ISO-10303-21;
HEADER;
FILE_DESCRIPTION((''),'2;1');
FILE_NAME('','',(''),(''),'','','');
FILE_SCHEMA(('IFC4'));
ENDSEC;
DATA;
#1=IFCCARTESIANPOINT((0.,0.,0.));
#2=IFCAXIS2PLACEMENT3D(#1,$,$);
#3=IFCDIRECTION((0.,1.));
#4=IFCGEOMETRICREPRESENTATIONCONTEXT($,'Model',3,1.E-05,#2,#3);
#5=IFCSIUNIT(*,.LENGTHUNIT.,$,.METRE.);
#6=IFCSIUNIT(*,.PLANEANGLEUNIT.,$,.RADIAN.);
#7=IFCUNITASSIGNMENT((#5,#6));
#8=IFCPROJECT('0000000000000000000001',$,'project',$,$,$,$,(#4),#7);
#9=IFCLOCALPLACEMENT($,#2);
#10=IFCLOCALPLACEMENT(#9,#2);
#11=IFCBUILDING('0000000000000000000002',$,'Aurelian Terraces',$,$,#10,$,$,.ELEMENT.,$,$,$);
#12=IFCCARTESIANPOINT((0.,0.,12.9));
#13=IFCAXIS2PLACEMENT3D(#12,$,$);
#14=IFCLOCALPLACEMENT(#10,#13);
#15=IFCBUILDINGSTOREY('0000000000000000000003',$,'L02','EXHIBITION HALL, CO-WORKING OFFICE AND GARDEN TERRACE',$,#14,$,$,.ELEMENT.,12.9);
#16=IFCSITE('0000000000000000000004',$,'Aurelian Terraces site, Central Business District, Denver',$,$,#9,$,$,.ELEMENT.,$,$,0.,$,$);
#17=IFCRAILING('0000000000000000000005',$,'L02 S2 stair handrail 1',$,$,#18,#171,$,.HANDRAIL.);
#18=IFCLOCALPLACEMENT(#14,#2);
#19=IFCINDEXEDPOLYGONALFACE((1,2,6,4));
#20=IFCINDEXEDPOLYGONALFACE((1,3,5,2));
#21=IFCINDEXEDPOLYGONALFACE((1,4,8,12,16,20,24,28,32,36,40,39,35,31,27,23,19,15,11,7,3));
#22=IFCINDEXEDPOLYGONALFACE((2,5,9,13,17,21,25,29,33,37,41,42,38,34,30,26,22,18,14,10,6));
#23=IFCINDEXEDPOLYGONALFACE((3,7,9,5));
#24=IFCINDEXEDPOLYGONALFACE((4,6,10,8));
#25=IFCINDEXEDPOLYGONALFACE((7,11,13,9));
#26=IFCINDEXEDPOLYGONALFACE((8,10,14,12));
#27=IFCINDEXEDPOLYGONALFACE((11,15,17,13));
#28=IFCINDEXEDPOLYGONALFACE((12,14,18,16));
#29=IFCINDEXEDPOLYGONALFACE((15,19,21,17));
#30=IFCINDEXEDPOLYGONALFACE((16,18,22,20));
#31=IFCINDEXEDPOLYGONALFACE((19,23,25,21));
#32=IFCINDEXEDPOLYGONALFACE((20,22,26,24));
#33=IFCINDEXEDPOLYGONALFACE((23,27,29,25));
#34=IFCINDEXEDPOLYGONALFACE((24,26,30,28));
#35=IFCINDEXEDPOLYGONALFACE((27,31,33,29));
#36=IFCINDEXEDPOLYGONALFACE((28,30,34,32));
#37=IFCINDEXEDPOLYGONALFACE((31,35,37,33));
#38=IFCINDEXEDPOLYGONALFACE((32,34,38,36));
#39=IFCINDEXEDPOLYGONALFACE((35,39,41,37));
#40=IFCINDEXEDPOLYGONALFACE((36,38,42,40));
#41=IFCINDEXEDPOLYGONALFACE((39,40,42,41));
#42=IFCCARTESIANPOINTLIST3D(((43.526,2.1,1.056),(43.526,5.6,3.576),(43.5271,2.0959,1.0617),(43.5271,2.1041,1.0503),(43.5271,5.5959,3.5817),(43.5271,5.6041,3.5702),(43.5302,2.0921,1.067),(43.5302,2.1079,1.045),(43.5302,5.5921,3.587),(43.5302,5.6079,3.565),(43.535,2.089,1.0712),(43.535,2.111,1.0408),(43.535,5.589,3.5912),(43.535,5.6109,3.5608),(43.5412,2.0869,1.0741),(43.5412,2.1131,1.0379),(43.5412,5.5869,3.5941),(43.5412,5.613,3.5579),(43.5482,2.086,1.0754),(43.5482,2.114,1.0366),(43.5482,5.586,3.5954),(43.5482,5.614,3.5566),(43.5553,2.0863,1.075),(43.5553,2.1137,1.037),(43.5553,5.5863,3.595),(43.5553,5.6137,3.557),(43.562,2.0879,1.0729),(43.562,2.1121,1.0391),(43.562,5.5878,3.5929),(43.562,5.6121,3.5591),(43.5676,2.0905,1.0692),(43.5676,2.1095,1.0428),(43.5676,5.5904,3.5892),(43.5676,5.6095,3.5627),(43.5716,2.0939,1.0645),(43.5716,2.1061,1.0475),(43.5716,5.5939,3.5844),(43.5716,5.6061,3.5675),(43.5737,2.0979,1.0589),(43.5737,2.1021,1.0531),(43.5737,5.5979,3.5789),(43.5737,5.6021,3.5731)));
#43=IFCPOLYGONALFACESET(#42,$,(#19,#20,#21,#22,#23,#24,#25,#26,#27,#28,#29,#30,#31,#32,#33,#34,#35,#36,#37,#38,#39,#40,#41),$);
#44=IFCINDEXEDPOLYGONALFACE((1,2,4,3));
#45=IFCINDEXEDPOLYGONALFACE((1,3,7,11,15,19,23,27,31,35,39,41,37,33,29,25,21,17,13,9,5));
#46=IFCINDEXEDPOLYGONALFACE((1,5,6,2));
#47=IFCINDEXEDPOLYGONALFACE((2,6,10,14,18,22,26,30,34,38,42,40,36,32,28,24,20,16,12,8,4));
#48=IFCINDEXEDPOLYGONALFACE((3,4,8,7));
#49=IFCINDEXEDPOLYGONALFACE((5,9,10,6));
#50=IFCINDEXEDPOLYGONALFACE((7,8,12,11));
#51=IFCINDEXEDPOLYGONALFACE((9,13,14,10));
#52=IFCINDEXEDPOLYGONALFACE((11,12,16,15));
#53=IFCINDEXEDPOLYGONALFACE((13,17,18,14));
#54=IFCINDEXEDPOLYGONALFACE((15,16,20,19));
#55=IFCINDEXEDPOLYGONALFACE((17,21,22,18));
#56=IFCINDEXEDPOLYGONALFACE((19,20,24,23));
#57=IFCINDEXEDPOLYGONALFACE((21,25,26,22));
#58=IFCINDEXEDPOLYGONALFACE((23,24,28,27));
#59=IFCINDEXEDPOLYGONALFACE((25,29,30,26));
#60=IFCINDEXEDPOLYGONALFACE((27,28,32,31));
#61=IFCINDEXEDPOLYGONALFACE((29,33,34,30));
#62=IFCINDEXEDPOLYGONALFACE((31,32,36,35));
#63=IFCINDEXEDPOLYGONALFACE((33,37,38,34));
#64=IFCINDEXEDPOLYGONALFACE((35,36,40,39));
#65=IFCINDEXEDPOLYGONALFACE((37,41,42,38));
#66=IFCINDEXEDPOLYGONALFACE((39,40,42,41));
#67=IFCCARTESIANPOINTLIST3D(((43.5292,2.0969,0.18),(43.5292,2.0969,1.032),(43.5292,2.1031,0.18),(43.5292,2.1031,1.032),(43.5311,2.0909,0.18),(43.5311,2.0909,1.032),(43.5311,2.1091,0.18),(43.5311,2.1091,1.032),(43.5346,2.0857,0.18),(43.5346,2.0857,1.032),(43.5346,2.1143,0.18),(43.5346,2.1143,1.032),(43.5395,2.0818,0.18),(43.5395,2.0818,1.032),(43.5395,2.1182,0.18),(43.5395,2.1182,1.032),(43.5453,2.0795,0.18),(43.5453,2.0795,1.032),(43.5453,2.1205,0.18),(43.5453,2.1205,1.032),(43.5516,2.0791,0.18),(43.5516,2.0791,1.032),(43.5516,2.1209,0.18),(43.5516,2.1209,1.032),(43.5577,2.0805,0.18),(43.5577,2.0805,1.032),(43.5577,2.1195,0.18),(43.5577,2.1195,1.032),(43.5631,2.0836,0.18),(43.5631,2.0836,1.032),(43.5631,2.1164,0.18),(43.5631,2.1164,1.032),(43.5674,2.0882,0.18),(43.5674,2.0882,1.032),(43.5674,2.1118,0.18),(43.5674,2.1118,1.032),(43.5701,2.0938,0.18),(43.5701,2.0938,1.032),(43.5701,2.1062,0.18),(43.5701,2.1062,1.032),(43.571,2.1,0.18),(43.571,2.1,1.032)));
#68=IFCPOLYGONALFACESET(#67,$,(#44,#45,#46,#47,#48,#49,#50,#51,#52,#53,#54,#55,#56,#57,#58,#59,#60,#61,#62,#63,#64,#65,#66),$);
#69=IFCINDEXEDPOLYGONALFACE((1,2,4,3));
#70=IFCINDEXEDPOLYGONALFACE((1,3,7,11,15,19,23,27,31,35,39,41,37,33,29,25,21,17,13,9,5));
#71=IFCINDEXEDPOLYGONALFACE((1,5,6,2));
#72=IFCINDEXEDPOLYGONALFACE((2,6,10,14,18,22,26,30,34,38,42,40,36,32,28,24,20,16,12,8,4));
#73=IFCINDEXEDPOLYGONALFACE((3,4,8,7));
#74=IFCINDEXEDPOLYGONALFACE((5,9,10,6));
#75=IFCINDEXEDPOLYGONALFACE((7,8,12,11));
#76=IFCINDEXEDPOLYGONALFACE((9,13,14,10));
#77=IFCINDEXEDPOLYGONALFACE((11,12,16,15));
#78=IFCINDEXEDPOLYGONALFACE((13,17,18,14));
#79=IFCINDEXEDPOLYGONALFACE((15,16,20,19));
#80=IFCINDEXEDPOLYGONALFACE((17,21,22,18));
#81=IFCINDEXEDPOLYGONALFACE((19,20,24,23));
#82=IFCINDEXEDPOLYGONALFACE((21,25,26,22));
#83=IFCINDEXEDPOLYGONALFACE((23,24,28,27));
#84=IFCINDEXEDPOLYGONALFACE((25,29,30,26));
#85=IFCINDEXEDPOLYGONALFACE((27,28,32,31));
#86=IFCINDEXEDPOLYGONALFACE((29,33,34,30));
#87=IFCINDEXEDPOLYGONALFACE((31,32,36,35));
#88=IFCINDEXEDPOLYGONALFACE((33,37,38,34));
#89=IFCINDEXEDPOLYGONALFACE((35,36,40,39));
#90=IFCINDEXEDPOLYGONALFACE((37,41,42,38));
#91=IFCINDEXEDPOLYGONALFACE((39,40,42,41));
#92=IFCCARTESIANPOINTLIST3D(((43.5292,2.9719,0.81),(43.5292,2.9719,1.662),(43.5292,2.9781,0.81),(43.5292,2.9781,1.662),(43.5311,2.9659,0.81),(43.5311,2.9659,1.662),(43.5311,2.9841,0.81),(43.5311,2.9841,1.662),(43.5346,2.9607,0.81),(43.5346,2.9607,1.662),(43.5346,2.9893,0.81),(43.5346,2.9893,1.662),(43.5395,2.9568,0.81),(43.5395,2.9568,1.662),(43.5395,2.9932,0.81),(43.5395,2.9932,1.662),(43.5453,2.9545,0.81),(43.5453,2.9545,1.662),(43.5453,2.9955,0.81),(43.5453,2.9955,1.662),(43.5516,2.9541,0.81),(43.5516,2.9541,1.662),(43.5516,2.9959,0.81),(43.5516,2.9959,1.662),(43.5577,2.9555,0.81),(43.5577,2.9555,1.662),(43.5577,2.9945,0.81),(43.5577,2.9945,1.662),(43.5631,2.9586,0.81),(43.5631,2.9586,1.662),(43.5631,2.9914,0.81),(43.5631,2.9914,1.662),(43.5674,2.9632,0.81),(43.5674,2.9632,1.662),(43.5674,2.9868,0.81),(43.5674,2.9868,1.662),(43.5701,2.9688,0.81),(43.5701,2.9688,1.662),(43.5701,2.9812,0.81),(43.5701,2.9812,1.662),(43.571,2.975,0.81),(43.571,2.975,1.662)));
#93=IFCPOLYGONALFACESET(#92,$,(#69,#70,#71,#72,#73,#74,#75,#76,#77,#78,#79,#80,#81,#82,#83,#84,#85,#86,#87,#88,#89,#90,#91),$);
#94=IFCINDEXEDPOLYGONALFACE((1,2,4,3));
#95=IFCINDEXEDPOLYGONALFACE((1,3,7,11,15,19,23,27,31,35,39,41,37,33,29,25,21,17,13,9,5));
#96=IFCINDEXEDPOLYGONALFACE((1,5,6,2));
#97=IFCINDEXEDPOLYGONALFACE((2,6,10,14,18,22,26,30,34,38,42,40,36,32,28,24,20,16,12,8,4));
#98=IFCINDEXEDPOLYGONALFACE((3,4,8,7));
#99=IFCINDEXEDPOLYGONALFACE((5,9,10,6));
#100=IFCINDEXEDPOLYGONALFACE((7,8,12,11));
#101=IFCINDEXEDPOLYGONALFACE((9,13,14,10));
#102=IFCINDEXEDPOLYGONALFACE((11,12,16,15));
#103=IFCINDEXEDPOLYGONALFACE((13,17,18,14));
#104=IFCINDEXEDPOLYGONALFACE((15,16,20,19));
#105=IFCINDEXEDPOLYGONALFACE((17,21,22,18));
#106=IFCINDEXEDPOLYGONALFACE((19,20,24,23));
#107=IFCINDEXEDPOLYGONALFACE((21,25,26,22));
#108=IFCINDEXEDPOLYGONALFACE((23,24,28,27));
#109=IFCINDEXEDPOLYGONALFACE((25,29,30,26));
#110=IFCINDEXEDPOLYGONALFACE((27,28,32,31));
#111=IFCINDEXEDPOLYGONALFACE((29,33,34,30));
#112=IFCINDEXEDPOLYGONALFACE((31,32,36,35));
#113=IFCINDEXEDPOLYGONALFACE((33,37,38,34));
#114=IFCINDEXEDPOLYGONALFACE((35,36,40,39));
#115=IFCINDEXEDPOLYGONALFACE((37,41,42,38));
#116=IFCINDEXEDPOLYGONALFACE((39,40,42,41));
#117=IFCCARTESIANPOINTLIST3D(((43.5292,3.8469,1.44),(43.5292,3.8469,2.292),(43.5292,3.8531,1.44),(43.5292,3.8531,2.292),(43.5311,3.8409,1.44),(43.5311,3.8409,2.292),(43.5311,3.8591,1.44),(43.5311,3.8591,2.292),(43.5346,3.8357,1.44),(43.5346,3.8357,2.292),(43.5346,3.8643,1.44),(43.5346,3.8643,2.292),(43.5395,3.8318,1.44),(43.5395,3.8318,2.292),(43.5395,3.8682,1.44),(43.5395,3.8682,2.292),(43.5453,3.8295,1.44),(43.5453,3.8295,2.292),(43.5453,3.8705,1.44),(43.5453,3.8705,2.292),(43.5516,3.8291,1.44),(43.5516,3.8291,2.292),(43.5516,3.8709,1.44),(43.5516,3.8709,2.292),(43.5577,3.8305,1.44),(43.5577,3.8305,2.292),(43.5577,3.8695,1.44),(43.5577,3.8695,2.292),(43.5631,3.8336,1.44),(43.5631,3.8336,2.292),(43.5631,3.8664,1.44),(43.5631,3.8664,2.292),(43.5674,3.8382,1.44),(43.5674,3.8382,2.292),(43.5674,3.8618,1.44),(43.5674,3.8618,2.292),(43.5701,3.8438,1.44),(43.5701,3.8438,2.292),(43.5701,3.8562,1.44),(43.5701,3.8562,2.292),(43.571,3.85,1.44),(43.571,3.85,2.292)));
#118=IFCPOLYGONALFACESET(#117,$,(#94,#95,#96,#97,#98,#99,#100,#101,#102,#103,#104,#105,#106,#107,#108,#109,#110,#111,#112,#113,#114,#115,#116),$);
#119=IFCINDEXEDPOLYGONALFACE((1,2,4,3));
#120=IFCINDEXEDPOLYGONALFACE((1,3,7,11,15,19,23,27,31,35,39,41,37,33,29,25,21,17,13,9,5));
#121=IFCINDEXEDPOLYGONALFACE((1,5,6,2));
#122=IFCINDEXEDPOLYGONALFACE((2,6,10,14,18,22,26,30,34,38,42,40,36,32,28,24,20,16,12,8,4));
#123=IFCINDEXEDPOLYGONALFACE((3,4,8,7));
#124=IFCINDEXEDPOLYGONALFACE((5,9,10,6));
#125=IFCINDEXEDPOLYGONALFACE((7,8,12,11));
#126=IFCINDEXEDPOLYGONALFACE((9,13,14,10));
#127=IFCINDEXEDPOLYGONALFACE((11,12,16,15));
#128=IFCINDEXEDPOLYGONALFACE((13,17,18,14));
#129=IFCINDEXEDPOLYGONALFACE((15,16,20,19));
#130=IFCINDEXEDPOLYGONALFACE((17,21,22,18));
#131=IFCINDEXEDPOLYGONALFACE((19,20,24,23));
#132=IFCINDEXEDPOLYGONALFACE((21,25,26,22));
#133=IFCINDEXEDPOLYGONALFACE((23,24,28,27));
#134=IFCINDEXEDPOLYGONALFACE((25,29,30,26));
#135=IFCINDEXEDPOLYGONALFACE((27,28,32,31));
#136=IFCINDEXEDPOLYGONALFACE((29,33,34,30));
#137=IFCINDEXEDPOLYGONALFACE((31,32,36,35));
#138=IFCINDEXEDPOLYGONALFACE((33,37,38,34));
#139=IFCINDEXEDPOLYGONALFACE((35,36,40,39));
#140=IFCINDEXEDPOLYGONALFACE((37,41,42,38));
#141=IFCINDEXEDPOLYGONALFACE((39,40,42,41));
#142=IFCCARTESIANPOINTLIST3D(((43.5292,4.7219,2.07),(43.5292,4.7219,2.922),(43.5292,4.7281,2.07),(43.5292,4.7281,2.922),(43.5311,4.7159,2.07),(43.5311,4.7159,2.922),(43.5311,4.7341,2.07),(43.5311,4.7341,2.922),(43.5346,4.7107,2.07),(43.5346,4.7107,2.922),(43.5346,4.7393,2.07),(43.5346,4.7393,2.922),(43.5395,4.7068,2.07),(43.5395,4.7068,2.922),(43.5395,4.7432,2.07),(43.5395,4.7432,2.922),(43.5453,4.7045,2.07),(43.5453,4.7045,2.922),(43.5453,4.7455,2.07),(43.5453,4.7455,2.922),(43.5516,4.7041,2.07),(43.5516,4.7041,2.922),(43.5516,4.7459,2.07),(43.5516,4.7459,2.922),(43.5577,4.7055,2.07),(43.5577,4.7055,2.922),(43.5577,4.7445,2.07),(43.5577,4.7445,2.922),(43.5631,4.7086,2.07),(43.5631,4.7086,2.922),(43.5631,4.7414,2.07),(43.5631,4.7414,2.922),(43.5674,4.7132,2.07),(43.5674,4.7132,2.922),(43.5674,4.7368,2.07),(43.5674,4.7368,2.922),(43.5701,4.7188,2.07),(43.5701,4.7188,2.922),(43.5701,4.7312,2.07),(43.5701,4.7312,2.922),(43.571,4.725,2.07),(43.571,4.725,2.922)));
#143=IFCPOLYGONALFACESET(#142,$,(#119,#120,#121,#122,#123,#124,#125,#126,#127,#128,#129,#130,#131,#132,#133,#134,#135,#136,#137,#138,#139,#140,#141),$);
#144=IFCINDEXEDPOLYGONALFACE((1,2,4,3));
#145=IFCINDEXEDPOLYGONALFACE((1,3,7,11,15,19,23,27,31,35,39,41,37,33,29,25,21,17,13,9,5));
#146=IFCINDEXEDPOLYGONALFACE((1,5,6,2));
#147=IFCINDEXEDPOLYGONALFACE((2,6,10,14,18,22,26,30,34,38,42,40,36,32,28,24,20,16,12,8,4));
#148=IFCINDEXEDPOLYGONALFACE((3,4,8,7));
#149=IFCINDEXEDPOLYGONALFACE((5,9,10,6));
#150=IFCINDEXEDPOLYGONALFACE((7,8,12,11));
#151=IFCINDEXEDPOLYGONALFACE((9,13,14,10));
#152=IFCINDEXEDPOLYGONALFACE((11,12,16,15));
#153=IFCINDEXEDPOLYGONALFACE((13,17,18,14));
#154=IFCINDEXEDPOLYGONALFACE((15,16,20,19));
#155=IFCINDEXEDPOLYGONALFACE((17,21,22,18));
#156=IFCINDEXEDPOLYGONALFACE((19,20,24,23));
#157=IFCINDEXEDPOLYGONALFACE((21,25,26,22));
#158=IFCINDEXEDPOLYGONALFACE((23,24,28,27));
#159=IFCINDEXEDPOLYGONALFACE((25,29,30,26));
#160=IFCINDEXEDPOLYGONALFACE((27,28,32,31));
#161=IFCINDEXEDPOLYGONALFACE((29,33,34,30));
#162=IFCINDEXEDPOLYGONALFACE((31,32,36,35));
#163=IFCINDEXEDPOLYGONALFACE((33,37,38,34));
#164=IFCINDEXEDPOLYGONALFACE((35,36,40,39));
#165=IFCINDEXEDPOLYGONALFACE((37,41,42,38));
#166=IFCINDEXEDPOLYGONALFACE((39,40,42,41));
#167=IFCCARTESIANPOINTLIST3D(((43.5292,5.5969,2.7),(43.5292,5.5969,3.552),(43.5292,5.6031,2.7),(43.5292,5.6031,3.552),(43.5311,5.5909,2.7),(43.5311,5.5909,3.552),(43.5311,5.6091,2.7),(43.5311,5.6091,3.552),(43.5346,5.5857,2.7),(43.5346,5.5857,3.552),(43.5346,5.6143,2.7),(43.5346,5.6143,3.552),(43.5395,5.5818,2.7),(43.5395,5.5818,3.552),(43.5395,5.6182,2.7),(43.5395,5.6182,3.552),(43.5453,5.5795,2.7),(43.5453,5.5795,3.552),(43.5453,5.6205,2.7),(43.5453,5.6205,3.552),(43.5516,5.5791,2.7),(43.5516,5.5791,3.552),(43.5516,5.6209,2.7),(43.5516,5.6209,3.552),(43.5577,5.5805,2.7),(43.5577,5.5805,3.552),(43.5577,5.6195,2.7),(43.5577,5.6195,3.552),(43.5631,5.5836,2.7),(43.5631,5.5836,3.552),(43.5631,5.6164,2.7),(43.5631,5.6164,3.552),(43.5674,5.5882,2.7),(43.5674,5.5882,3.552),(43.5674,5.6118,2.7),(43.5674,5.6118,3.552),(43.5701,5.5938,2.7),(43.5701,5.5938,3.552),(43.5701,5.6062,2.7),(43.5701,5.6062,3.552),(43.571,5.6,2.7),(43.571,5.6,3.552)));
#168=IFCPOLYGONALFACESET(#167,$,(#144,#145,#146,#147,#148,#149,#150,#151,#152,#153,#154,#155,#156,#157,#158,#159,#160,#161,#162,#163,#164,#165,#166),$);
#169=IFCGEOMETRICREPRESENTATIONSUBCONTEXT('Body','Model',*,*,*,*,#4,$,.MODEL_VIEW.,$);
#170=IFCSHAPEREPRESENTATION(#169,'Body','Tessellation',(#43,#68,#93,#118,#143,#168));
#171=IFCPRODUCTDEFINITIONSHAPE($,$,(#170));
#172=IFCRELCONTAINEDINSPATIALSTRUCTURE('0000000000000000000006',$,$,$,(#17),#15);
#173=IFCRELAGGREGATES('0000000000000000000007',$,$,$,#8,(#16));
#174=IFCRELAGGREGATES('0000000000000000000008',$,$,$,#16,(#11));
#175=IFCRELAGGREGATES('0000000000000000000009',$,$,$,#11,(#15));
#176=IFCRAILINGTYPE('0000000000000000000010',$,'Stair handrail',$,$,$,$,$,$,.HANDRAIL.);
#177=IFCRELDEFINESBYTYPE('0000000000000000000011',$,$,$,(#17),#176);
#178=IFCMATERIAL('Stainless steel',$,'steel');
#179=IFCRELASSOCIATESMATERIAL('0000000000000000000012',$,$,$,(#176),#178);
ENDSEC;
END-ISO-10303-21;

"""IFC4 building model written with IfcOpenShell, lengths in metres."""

from ifc_helpers import new_model, si_unit, direction, frame, origin, origin_2d, place, context, subcontext, project, spatial, circle, extrude, source, transform, mapped, material, type_object, element, save


model = new_model("IFC4")

# Units and contexts
model_context = context("Model", 3, precision=1e-05, world=origin(), true_north=direction((0.0, 1.0)))
body_context = subcontext(model_context, "Body", "Model", "MODEL_VIEW")
ifc_project = project(units=[si_unit("LENGTHUNIT", "METRE"), si_unit("PLANEANGLEUNIT", "RADIAN")], contexts=[model_context])

# Site, building, storey
site_placement = place(None, origin())
site = spatial("IfcSite", under=ifc_project, at=site_placement, Name="Aurelian Terraces site, Central Business District, Denver", CompositionType="ELEMENT", RefElevation=0.0)
building_placement = place(site_placement, origin())
building = spatial("IfcBuilding", under=site, at=building_placement, Name="Aurelian Terraces", CompositionType="ELEMENT")
storey_placement = place(building_placement, frame((0.0, 0.0, 12.9)))
storey = spatial("IfcBuildingStorey", under=building, at=storey_placement, Name="L02", Description="EXHIBITION HALL, CO-WORKING OFFICE AND GARDEN TERRACE", CompositionType="ELEMENT", Elevation=12.9)

# Railing
ifc_material_1 = material(Name="Stainless steel", Category="steel")
railing_type_1 = type_object("IfcRailingType", Name="Stair handrail", PredefinedType="HANDRAIL", material=ifc_material_1)
shared_shape_1 = source(origin(), body_context, "Body", "SweptSolid", [
    extrude(circle(Radius=0.024, at=origin_2d()), frame((0.0, 0.0, 0.876), z_axis=(0.0, 0.811534, 0.584305), x_axis=(-1.0, 0.0, 0.0)), (0.0, 0.0, 1.0), 4.3128),
    extrude(circle(Radius=0.021, at=origin_2d()), origin(), (0.0, 0.0, 1.0), 0.852),
    extrude(circle(Radius=0.021, at=origin_2d()), frame((0.0, 0.875, 0.63)), (0.0, 0.0, 1.0), 0.852),
    extrude(circle(Radius=0.021, at=origin_2d()), frame((0.0, 1.75, 1.26)), (0.0, 0.0, 1.0), 0.852),
    extrude(circle(Radius=0.021, at=origin_2d()), frame((0.0, 2.625, 1.89)), (0.0, 0.0, 1.0), 0.852),
    extrude(circle(Radius=0.021, at=origin_2d()), frame((0.0, 3.5, 2.52)), (0.0, 0.0, 1.0), 0.852),
])
railing_1_placement = place(storey_placement, frame((43.55, 2.1, 0.18)))
element("IfcRailing", 1, at=railing_1_placement, inside=storey, type_object=railing_type_1, Name="L02 S2 stair handrail 1", PredefinedType="HANDRAIL", context=body_context, shape_type="MappedRepresentation", body=[
    mapped(shared_shape_1, transform((0.0, 0.0, 0.0), scale=1.0)),
])

save(model, "model.ifc")
